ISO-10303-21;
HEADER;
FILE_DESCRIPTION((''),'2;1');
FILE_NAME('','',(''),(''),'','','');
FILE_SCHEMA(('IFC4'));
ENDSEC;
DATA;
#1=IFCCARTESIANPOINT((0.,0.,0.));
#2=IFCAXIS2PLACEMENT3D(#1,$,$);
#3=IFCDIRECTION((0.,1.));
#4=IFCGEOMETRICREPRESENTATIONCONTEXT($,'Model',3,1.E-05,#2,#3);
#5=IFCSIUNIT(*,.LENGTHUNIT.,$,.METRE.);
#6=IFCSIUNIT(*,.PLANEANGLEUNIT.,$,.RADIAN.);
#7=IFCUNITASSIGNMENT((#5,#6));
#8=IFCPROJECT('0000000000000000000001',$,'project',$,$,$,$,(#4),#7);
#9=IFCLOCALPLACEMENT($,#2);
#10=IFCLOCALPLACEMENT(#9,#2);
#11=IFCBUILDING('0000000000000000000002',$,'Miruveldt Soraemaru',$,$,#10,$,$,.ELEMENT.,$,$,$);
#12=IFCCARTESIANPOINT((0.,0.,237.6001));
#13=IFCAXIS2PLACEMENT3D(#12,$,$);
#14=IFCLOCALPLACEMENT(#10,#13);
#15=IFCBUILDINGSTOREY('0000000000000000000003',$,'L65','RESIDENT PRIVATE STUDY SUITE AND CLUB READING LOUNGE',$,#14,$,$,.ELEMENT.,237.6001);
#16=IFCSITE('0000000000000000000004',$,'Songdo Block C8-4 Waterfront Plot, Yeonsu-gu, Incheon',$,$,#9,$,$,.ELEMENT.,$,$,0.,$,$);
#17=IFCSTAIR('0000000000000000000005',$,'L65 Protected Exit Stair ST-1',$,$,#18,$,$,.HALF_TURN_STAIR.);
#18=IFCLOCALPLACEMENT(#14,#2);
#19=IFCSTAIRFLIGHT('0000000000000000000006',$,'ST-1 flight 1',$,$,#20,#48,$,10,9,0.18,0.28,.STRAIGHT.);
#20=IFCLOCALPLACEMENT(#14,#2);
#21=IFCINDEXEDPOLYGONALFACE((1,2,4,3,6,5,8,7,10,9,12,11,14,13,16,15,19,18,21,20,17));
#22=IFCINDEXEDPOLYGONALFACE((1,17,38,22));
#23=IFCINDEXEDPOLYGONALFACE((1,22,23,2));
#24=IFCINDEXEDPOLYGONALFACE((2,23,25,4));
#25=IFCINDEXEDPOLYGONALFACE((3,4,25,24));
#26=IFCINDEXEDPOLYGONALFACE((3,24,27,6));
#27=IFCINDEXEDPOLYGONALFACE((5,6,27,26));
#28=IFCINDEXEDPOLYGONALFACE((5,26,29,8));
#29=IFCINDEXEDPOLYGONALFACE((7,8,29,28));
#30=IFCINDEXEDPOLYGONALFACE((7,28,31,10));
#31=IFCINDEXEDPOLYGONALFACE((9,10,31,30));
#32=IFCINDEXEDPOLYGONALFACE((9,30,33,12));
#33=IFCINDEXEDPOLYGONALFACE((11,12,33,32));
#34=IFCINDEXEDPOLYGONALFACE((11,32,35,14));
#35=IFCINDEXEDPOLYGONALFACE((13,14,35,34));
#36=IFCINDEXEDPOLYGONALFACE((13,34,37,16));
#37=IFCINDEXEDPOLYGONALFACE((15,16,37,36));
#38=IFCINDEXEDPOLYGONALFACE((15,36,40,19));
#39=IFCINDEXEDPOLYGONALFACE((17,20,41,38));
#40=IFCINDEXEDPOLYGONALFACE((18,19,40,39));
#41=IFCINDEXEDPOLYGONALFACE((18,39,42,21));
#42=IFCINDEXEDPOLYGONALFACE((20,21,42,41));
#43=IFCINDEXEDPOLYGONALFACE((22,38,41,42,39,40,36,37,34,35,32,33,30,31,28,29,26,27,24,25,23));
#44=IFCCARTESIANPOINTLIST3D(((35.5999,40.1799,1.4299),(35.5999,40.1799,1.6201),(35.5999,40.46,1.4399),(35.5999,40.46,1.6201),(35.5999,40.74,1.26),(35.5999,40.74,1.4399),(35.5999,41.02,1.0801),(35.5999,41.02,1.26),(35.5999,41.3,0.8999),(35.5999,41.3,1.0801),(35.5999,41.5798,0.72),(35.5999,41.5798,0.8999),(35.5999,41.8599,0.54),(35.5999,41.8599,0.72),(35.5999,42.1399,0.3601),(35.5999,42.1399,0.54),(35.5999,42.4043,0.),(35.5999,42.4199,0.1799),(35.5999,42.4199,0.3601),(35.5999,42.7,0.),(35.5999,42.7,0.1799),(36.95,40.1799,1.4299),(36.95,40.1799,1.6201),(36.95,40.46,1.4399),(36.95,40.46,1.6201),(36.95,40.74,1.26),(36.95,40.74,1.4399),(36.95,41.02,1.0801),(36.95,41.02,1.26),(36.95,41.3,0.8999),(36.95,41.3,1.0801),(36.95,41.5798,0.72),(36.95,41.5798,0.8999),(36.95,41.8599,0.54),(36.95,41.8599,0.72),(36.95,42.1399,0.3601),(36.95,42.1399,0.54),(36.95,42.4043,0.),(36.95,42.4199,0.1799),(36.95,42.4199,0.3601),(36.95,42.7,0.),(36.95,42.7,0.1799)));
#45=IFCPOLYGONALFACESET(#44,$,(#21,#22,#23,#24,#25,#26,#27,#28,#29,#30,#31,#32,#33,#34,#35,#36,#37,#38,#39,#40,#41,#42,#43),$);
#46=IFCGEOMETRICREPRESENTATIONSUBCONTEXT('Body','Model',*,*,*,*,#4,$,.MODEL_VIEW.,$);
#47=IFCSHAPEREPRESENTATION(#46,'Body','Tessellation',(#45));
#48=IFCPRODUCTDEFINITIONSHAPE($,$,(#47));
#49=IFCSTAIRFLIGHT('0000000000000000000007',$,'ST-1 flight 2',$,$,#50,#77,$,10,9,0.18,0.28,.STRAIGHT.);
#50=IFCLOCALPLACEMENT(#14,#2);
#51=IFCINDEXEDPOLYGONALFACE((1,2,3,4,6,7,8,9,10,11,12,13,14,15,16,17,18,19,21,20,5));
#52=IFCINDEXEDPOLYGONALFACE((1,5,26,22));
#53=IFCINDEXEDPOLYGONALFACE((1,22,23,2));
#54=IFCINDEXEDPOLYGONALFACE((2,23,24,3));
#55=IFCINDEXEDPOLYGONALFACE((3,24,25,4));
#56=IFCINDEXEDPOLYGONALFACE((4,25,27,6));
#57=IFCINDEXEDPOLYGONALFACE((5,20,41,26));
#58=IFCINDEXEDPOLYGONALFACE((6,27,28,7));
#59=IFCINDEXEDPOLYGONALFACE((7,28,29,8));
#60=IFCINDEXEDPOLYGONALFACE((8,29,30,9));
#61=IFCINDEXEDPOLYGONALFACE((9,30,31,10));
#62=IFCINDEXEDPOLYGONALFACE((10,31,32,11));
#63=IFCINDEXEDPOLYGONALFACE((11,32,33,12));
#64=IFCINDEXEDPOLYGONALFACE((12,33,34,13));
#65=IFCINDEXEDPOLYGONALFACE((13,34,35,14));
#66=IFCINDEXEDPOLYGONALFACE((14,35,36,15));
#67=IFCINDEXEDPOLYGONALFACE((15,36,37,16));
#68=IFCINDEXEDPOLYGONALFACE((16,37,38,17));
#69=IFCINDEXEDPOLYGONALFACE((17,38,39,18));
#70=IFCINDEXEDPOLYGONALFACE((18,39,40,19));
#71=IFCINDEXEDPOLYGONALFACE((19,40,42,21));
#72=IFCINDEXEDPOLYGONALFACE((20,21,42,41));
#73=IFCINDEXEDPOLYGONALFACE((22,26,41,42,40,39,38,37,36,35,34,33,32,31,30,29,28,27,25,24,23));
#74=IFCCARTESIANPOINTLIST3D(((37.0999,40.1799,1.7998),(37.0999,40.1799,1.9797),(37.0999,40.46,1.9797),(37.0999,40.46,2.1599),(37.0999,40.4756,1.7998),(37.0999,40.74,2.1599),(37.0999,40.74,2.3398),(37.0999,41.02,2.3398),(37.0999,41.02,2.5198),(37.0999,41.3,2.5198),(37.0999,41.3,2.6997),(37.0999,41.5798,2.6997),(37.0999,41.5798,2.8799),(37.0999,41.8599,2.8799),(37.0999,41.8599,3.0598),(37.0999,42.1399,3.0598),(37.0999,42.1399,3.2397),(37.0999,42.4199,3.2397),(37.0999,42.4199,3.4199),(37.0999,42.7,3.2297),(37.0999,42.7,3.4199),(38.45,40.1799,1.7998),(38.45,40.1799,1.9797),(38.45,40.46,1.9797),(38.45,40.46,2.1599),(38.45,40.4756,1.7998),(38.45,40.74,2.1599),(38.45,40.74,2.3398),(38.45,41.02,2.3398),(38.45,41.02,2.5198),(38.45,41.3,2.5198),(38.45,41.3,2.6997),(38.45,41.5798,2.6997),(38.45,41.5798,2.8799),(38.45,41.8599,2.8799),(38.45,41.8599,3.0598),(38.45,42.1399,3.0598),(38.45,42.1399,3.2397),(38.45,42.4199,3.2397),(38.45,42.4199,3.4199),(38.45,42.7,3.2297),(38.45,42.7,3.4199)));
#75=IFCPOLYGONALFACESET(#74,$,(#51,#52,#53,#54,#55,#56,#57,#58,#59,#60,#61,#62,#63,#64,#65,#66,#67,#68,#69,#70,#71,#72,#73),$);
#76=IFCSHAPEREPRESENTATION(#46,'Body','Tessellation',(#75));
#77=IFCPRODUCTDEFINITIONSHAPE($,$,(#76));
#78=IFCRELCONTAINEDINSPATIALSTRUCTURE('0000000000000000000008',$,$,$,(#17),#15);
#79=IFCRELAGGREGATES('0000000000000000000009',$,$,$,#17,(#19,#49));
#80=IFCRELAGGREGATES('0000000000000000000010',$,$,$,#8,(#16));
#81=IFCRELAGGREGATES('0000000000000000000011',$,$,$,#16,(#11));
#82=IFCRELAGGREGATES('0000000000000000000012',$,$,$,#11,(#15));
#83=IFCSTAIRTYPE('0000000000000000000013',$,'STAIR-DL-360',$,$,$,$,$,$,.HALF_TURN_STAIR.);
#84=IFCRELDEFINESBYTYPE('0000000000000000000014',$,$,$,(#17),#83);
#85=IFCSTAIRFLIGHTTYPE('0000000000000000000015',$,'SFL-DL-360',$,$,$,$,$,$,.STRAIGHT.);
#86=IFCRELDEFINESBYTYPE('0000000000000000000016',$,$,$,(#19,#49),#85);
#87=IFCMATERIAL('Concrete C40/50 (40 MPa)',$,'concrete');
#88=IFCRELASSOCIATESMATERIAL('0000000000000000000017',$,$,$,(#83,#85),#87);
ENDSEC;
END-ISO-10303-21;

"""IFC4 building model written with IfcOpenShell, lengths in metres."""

from ifc_helpers import new_model, si_unit, direction, frame, origin, place, context, subcontext, project, spatial, polyline, outline, extrude, material, type_object, element, aggregate, save


model = new_model("IFC4")

# Units and contexts
model_context = context("Model", 3, precision=1e-05, world=origin(), true_north=direction((0.0, 1.0)))
body_context = subcontext(model_context, "Body", "Model", "MODEL_VIEW")
ifc_project = project(units=[si_unit("LENGTHUNIT", "METRE"), si_unit("PLANEANGLEUNIT", "RADIAN")], contexts=[model_context])

# Site, building, storey
site_placement = place(None, origin())
site = spatial("IfcSite", under=ifc_project, at=site_placement, Name="Songdo Block C8-4 Waterfront Plot, Yeonsu-gu, Incheon", CompositionType="ELEMENT", RefElevation=0.0)
building_placement = place(site_placement, origin())
building = spatial("IfcBuilding", under=site, at=building_placement, Name="Miruveldt Soraemaru", CompositionType="ELEMENT")
storey_placement = place(building_placement, frame((0.0, 0.0, 237.6001)))
storey = spatial("IfcBuildingStorey", under=building, at=storey_placement, Name="L65", Description="RESIDENT PRIVATE STUDY SUITE AND CLUB READING LOUNGE", CompositionType="ELEMENT", Elevation=237.6001)

# Shared definitions
ifc_material_1 = material(Name="Concrete C40/50 (40 MPa)", Category="concrete")

# Stair, stair flights
stair_type = type_object("IfcStairType", Name="STAIR-DL-360", PredefinedType="HALF_TURN_STAIR", material=ifc_material_1)
stair_placement = place(storey_placement, origin())
stair = element("IfcStair", 1, at=stair_placement, inside=storey, type_object=stair_type, Name="L65 Protected Exit Stair ST-1", PredefinedType="HALF_TURN_STAIR")
stair_flight_type = type_object("IfcStairFlightType", Name="SFL-DL-360", PredefinedType="STRAIGHT", material=ifc_material_1)
stair_flight_1_placement = place(storey_placement, frame((36.2749, 42.7, 0.0), z_axis=(0.0, 0.0, 1.0), x_axis=(0.0, -1.0, 0.0)))
stair_flight_1 = element("IfcStairFlight", 2, at=stair_flight_1_placement, type_object=stair_flight_type, Name="ST-1 flight 1", NumberOfRisers=10, NumberOfTreads=9, PredefinedType="STRAIGHT", RiserHeight=0.18, TreadLength=0.28, context=body_context, shape_type="SweptSolid", body=[
    extrude(outline(polyline([(0.0, 0.0), (0.0, 0.1799), (0.28, 0.1799), (0.28, 0.3601), (0.5601, 0.3601), (0.5601, 0.54), (0.8401, 0.54), (0.8401, 0.72), (1.1201, 0.72), (1.1201, 0.8999), (1.3999, 0.8999), (1.3999, 1.0801), (1.6799, 1.0801), (1.6799, 1.26), (1.96, 1.26), (1.96, 1.4399), (2.24, 1.4399), (2.24, 1.6201), (2.52, 1.6201), (2.52, 1.8), (2.52, 1.4299), (0.2957, 0.0), (0.0, 0.0)])), frame((0.0, 0.675, 0.0), z_axis=(0.0, -1.0, 0.0), x_axis=(1.0, 0.0, 0.0)), (0.0, 0.0, 1.0), 1.3501),
])
stair_flight_2_placement = place(storey_placement, frame((37.7749, 40.1799, 1.7998), z_axis=(0.0, 0.0, 1.0), x_axis=(0.0, 1.0, 0.0)))
stair_flight_2 = element("IfcStairFlight", 3, at=stair_flight_2_placement, type_object=stair_flight_type, Name="ST-1 flight 2", NumberOfRisers=10, NumberOfTreads=9, PredefinedType="STRAIGHT", RiserHeight=0.18, TreadLength=0.28, context=body_context, shape_type="SweptSolid", body=[
    extrude(outline(polyline([(0.0, 0.0), (0.0, 0.1799), (0.28, 0.1799), (0.28, 0.3601), (0.5601, 0.3601), (0.5601, 0.54), (0.8401, 0.54), (0.8401, 0.72), (1.1201, 0.72), (1.1201, 0.8999), (1.3999, 0.8999), (1.3999, 1.0801), (1.6799, 1.0801), (1.6799, 1.26), (1.96, 1.26), (1.96, 1.4399), (2.24, 1.4399), (2.24, 1.6201), (2.52, 1.6201), (2.52, 1.8), (2.52, 1.4299), (0.2957, 0.0), (0.0, 0.0)])), frame((0.0, 0.675, 0.0), z_axis=(0.0, -1.0, 0.0), x_axis=(1.0, 0.0, 0.0)), (0.0, 0.0, 1.0), 1.3501),
])
aggregate(stair, [stair_flight_1, stair_flight_2])

save(model, "model.ifc")
